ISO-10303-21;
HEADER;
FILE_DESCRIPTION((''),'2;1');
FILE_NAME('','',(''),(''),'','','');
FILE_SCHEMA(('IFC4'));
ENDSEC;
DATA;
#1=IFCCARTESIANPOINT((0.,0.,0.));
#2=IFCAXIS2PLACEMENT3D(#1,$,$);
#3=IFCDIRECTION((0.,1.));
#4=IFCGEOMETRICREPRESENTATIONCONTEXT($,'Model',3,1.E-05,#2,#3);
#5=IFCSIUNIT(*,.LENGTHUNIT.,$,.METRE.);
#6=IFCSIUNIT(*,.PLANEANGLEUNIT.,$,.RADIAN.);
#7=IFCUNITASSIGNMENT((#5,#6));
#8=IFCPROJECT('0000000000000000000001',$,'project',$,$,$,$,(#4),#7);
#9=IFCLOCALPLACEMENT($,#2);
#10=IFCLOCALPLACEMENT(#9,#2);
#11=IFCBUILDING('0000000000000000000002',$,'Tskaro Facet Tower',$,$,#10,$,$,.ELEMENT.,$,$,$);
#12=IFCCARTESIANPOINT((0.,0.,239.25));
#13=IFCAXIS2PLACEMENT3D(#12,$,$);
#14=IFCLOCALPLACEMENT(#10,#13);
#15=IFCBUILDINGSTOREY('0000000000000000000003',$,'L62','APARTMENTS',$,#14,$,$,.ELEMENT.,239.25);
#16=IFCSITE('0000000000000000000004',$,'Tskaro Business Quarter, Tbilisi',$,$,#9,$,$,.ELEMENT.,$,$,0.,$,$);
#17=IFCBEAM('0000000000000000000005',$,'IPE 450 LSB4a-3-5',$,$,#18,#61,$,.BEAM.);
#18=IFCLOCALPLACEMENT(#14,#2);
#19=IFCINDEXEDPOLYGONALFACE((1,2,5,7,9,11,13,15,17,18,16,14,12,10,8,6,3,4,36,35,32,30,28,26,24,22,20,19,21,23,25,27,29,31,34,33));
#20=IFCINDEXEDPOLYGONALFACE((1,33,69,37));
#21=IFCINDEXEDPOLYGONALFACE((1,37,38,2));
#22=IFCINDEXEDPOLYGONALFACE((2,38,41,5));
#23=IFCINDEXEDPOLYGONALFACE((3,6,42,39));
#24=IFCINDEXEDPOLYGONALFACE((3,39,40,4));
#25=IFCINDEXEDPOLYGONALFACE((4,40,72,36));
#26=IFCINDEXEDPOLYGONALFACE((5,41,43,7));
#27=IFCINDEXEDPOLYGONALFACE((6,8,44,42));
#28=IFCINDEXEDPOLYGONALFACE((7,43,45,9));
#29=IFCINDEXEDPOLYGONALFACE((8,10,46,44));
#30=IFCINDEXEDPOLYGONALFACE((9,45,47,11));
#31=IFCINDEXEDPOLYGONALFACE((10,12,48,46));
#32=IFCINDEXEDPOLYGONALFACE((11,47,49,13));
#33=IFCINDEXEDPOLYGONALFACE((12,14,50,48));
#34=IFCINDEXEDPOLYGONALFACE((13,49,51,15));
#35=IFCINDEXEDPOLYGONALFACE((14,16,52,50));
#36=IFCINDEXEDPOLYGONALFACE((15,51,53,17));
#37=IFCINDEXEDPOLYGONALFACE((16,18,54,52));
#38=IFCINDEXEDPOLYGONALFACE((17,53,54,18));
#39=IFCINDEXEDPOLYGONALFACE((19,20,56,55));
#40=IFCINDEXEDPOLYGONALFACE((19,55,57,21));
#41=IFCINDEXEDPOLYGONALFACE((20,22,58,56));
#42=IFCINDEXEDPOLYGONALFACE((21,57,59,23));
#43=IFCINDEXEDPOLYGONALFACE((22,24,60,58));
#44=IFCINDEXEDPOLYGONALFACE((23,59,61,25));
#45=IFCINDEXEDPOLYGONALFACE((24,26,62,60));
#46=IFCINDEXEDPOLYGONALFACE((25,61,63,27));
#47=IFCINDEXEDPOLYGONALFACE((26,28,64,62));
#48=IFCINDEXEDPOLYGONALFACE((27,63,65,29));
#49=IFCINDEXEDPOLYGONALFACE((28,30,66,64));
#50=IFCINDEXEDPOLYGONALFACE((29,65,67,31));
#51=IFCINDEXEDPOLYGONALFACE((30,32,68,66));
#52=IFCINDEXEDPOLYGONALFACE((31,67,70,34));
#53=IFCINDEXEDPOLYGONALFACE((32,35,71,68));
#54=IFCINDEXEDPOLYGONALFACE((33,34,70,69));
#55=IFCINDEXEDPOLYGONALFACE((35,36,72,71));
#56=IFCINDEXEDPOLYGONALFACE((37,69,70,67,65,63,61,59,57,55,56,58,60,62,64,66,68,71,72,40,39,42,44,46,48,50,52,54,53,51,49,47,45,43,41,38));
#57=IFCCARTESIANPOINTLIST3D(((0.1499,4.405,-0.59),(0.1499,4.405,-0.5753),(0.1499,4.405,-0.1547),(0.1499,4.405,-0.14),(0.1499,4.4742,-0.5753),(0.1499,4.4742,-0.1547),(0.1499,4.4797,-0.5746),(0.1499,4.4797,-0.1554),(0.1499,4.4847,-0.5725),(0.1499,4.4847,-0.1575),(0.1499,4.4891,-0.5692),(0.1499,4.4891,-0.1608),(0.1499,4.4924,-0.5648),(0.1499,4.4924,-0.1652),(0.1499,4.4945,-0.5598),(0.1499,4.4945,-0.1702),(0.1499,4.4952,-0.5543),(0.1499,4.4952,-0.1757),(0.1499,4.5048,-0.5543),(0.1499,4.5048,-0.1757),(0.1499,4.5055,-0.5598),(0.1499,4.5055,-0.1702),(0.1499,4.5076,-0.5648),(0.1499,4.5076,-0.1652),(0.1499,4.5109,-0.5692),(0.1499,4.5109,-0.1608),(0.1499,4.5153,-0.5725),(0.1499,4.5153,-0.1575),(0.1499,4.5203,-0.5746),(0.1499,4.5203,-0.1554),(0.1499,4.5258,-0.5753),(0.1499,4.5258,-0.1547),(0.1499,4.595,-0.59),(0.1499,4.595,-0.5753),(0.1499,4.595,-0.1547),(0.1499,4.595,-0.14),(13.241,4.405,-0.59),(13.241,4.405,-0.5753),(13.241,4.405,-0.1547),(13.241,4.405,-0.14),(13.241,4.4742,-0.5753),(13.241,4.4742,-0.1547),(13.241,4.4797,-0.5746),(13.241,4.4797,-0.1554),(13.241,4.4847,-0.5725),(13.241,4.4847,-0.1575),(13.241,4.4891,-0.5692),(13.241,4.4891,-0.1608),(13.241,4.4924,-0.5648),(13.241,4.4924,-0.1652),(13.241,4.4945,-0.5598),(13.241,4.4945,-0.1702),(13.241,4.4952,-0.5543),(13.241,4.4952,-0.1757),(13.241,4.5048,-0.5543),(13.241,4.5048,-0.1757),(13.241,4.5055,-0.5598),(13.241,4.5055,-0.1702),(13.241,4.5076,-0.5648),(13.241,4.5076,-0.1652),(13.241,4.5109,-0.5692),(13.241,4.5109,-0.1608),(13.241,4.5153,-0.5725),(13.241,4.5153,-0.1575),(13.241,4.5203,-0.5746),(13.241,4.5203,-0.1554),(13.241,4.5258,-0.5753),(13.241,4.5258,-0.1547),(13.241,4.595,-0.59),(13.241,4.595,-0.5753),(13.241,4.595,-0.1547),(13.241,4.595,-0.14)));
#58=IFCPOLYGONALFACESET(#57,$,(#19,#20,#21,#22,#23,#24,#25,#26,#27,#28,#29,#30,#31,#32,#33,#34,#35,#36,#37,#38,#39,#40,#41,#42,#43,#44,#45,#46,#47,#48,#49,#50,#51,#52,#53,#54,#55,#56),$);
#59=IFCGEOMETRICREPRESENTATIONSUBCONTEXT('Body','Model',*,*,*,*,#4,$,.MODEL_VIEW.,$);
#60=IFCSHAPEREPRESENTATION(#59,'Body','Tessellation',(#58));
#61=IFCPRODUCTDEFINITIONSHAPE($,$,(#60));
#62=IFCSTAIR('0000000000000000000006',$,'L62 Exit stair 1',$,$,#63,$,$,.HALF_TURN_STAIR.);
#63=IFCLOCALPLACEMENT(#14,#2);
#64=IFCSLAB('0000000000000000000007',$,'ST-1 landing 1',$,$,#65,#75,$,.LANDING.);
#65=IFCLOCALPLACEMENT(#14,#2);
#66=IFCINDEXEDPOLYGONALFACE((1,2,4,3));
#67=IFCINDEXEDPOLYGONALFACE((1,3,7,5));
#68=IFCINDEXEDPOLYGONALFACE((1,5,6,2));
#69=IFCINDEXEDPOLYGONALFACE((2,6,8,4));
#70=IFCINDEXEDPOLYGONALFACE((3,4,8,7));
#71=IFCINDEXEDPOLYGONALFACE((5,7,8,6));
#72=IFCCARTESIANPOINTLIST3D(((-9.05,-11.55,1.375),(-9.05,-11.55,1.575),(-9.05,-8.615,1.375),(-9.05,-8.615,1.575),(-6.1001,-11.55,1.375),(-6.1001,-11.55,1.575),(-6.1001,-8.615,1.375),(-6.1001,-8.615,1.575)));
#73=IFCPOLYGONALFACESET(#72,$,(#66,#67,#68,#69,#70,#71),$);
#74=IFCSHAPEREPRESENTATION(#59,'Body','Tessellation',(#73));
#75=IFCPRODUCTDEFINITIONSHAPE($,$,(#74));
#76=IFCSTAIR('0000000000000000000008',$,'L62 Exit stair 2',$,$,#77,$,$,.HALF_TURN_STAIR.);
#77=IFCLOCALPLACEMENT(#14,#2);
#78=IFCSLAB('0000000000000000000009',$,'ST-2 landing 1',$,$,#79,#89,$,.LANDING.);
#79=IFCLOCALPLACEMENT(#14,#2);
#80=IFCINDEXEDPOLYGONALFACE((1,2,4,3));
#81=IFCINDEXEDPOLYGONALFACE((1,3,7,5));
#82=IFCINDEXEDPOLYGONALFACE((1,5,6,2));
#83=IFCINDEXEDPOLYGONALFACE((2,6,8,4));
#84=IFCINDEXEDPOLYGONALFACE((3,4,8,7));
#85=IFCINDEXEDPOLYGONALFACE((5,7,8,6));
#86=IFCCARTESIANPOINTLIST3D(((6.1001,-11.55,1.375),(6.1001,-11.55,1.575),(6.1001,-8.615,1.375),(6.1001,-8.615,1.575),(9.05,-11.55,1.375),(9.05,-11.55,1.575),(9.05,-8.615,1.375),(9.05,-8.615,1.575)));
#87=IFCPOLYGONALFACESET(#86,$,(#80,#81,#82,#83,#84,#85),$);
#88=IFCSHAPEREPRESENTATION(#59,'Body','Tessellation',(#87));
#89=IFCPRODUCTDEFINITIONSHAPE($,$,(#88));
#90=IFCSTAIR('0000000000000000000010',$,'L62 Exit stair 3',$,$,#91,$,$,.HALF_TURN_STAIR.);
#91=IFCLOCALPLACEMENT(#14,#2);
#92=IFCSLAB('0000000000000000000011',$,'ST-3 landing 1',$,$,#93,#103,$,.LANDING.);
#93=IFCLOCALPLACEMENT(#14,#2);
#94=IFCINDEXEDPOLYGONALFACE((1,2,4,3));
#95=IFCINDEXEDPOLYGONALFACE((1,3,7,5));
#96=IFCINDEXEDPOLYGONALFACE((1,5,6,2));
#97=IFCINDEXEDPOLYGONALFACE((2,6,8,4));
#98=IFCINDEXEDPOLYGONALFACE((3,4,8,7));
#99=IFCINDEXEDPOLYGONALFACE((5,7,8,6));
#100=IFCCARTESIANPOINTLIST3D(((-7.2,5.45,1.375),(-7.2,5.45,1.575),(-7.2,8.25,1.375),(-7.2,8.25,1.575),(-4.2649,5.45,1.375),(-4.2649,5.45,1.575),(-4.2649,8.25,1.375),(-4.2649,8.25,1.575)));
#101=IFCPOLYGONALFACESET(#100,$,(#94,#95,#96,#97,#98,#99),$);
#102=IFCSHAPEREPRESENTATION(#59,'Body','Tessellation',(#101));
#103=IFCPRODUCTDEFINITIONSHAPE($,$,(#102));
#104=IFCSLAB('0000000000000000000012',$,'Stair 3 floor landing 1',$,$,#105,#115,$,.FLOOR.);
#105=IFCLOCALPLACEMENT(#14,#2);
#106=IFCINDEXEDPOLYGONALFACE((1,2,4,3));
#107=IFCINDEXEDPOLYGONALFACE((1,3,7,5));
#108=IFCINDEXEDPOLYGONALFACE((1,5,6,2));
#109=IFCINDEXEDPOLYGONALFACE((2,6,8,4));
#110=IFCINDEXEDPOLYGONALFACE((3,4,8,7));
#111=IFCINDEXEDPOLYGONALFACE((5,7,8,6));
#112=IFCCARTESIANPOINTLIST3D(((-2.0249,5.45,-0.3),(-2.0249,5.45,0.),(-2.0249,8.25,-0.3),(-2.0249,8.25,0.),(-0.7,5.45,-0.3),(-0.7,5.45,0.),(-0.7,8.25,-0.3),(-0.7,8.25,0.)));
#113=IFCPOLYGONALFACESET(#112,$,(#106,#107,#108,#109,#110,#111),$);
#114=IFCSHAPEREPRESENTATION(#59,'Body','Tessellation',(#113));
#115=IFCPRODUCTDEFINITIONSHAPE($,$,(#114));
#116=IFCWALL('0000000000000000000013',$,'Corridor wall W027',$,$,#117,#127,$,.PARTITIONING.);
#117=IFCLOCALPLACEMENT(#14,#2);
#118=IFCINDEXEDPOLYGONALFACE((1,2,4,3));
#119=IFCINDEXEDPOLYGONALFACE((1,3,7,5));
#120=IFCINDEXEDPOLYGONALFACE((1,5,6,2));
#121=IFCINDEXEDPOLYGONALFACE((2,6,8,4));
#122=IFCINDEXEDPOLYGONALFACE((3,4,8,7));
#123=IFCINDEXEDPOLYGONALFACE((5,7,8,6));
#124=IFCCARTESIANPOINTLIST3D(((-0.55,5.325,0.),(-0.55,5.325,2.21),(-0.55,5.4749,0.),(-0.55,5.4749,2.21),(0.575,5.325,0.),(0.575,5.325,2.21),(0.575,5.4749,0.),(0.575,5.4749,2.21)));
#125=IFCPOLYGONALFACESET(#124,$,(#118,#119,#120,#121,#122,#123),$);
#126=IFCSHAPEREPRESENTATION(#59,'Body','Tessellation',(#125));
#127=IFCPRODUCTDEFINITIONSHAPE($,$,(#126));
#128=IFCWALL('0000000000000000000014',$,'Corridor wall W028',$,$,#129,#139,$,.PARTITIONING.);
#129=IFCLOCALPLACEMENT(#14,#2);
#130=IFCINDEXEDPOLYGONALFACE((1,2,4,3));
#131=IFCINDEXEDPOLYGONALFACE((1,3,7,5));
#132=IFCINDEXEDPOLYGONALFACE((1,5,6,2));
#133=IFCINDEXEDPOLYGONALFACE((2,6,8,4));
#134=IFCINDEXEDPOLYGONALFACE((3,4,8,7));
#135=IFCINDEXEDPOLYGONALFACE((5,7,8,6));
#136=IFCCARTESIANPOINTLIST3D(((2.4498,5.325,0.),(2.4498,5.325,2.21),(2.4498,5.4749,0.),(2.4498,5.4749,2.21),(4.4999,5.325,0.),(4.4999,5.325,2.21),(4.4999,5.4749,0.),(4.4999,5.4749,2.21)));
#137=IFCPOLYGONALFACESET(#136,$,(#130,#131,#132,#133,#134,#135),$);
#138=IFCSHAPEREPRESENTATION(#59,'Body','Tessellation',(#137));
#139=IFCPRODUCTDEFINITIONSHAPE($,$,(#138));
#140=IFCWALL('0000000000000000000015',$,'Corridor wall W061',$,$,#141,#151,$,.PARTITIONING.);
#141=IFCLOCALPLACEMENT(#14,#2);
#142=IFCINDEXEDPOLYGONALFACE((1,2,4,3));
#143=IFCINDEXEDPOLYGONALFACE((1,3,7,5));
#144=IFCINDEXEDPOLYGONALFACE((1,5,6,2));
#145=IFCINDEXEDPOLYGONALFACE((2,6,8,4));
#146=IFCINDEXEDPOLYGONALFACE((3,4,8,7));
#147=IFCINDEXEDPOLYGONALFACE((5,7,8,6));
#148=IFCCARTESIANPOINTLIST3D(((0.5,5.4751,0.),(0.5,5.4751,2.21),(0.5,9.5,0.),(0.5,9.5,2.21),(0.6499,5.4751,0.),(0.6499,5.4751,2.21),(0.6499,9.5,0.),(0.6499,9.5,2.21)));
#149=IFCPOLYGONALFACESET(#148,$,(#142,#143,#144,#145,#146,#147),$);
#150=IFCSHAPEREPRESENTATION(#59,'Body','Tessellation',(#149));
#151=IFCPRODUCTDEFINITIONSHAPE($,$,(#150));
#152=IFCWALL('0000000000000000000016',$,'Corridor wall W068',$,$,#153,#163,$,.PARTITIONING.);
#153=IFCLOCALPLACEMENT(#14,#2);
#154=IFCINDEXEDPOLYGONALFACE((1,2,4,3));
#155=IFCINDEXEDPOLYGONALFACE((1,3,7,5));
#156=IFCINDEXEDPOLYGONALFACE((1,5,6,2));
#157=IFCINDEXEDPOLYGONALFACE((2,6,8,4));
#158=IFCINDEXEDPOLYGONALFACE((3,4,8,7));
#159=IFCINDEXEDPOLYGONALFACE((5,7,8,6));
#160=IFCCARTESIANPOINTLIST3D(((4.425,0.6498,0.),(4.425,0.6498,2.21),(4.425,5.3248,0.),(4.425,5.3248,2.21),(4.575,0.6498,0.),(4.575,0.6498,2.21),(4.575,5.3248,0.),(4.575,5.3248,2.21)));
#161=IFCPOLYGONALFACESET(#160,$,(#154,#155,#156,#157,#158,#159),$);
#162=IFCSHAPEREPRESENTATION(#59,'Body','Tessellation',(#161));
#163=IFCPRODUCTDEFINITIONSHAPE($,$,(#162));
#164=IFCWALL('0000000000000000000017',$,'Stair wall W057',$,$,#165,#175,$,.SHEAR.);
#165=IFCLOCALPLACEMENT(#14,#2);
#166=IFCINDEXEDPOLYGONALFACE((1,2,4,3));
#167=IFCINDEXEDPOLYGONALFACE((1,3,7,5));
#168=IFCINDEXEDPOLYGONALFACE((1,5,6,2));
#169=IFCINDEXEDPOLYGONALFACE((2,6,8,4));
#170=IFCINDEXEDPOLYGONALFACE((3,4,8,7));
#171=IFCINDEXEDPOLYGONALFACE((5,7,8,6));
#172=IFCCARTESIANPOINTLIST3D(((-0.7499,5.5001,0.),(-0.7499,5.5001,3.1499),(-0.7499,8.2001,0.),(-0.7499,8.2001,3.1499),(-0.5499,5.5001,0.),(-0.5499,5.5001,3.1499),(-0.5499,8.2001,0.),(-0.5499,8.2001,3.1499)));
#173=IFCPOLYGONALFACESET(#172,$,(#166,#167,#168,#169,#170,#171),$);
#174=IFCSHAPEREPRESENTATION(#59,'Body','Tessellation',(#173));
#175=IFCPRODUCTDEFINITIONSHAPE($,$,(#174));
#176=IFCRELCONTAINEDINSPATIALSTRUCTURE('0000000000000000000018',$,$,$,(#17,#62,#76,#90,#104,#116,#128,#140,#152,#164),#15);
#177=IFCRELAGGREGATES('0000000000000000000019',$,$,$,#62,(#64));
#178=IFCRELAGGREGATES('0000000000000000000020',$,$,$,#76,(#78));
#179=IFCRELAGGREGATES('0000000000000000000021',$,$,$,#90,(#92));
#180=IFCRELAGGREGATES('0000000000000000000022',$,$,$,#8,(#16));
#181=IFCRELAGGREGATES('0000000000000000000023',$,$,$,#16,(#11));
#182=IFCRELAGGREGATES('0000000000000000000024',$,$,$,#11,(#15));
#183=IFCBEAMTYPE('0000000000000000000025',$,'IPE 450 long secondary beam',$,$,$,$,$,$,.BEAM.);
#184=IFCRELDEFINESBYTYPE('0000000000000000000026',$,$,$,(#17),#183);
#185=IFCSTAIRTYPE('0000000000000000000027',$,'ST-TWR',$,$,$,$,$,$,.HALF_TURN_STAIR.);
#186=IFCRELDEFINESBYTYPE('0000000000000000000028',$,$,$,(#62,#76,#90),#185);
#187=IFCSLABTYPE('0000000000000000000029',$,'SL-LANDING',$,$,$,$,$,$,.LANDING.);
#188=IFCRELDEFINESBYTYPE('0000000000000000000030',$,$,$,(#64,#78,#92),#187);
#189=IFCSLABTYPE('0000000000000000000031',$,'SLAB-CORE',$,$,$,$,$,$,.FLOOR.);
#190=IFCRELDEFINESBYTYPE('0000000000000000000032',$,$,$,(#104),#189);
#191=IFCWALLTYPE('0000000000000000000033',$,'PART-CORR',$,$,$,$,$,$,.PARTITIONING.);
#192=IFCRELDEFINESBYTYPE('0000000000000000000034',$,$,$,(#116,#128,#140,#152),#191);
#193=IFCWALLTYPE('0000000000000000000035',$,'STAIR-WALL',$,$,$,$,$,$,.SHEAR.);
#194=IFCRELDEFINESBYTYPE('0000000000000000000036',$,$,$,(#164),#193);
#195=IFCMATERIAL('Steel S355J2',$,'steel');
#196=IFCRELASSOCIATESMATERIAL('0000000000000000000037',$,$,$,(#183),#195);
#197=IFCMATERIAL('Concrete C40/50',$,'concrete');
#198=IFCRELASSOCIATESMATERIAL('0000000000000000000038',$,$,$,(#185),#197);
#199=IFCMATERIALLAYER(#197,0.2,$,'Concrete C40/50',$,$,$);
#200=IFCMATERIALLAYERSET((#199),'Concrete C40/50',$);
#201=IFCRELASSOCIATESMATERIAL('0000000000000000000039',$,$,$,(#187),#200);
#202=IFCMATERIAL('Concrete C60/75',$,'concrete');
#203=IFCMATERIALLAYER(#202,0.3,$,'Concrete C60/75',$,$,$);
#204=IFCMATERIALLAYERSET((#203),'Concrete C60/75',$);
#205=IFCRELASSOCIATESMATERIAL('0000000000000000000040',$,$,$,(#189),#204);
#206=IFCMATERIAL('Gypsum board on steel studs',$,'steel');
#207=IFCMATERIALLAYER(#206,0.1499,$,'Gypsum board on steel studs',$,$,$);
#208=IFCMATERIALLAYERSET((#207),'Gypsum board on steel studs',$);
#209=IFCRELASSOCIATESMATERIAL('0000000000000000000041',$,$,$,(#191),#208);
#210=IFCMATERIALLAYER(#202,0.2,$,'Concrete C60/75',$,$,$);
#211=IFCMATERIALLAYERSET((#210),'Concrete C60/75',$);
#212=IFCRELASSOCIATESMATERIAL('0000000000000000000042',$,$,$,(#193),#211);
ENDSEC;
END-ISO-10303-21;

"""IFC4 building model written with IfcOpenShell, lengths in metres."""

from ifc_helpers import new_model, si_unit, direction, frame, frame_2d, origin, origin_2d, place, context, subcontext, project, spatial, polyline, rectangle, i_section, outline, extrude, material, layer, layer_set, material_profile, profile_set, type_object, element, aggregate, save


model = new_model("IFC4")

# Units and contexts
model_context = context("Model", 3, precision=1e-05, world=origin(), true_north=direction((0.0, 1.0)))
body_context = subcontext(model_context, "Body", "Model", "MODEL_VIEW")
ifc_project = project(units=[si_unit("LENGTHUNIT", "METRE"), si_unit("PLANEANGLEUNIT", "RADIAN")], contexts=[model_context])

# Site, building, storey
site_placement = place(None, origin())
site = spatial("IfcSite", under=ifc_project, at=site_placement, Name="Tskaro Business Quarter, Tbilisi", CompositionType="ELEMENT", RefElevation=0.0)
building_placement = place(site_placement, origin())
building = spatial("IfcBuilding", under=site, at=building_placement, Name="Tskaro Facet Tower", CompositionType="ELEMENT")
storey_placement = place(building_placement, frame((0.0, 0.0, 239.25)))
storey = spatial("IfcBuildingStorey", under=building, at=storey_placement, Name="L62", Description="APARTMENTS", CompositionType="ELEMENT", Elevation=239.25)

# Beam
ifc_material_1 = material(Name="Steel S355J2", Category="steel")
ifc_material_profile_1 = material_profile(ifc_material_1, i_section(OverallWidth=0.1899, OverallDepth=0.45, WebThickness=0.0095, FlangeThickness=0.0146, FilletRadius=0.021, at=origin_2d()), Name="IPE 450")
ifc_profile_set_1 = profile_set([ifc_material_profile_1], Name="Steel S355J2")
beam_type_1 = type_object("IfcBeamType", Name="IPE 450 long secondary beam", PredefinedType="BEAM", material=ifc_profile_set_1)
beam_1_placement = place(storey_placement, frame((0.1499, 4.5, -0.365), z_axis=(1.0, 0.0, 0.0), x_axis=(0.0, 1.0, 0.0)))
element("IfcBeam", 1, at=beam_1_placement, inside=storey, type_object=beam_type_1, Name="IPE 450 LSB4a-3-5", PredefinedType="BEAM", context=body_context, shape_type="SweptSolid", body=[
    extrude(i_section(OverallWidth=0.1899, OverallDepth=0.45, WebThickness=0.0095, FlangeThickness=0.0146, FilletRadius=0.021, at=origin_2d()), origin(), (0.0, 0.0, 1.0), 13.0911),
])

# Stairs, slabs
ifc_material_2 = material(Name="Concrete C40/50", Category="concrete")
stair_type = type_object("IfcStairType", Name="ST-TWR", PredefinedType="HALF_TURN_STAIR", material=ifc_material_2)
stair_1_placement = place(storey_placement, origin())
stair_1 = element("IfcStair", 2, at=stair_1_placement, inside=storey, type_object=stair_type, Name="L62 Exit stair 1", PredefinedType="HALF_TURN_STAIR")
ifc_layer_1 = layer(ifc_material_2, 0.2, Name="Concrete C40/50")
ifc_layer_set_1 = layer_set([ifc_layer_1], Name="Concrete C40/50")
slab_type_1 = type_object("IfcSlabType", Name="SL-LANDING", PredefinedType="LANDING", material=ifc_layer_set_1)
slab_1_placement = place(storey_placement, frame((0.0, 0.0, 1.375)))
slab_1 = element("IfcSlab", 3, at=slab_1_placement, type_object=slab_type_1, Name="ST-1 landing 1", PredefinedType="LANDING", context=body_context, shape_type="SweptSolid", body=[
    extrude(outline(polyline([(-9.05, -11.55), (-6.1001, -11.55), (-6.1001, -8.615), (-9.05, -8.615), (-9.05, -11.55)])), origin(), (0.0, 0.0, 1.0), 0.2),
])
aggregate(stair_1, [slab_1])
stair_2_placement = place(storey_placement, origin())
stair_2 = element("IfcStair", 4, at=stair_2_placement, inside=storey, type_object=stair_type, Name="L62 Exit stair 2", PredefinedType="HALF_TURN_STAIR")
slab_2_placement = place(storey_placement, frame((0.0, 0.0, 1.375)))
slab_2 = element("IfcSlab", 5, at=slab_2_placement, type_object=slab_type_1, Name="ST-2 landing 1", PredefinedType="LANDING", context=body_context, shape_type="SweptSolid", body=[
    extrude(outline(polyline([(6.1001, -11.55), (9.05, -11.55), (9.05, -8.615), (6.1001, -8.615), (6.1001, -11.55)])), origin(), (0.0, 0.0, 1.0), 0.2),
])
aggregate(stair_2, [slab_2])
stair_3_placement = place(storey_placement, origin())
stair_3 = element("IfcStair", 6, at=stair_3_placement, inside=storey, type_object=stair_type, Name="L62 Exit stair 3", PredefinedType="HALF_TURN_STAIR")
slab_3_placement = place(storey_placement, frame((0.0, 0.0, 1.375)))
slab_3 = element("IfcSlab", 7, at=slab_3_placement, type_object=slab_type_1, Name="ST-3 landing 1", PredefinedType="LANDING", context=body_context, shape_type="SweptSolid", body=[
    extrude(outline(polyline([(-7.2, 5.45), (-4.2649, 5.45), (-4.2649, 8.25), (-7.2, 8.25), (-7.2, 5.45)])), origin(), (0.0, 0.0, 1.0), 0.2),
])

# Slab
ifc_material_3 = material(Name="Concrete C60/75", Category="concrete")
ifc_layer_2 = layer(ifc_material_3, 0.3, Name="Concrete C60/75")
ifc_layer_set_2 = layer_set([ifc_layer_2], Name="Concrete C60/75")
slab_type_2 = type_object("IfcSlabType", Name="SLAB-CORE", PredefinedType="FLOOR", material=ifc_layer_set_2)
slab_4_placement = place(storey_placement, frame((0.0, 0.0, -0.3)))
element("IfcSlab", 8, at=slab_4_placement, inside=storey, type_object=slab_type_2, Name="Stair 3 floor landing 1", PredefinedType="FLOOR", context=body_context, shape_type="SweptSolid", body=[
    extrude(outline(polyline([(-2.0249, 5.45), (-0.7, 5.45), (-0.7, 8.25), (-2.0249, 8.25), (-2.0249, 5.45)])), origin(), (0.0, 0.0, 1.0), 0.3),
])

# Walls
ifc_material_4 = material(Name="Gypsum board on steel studs", Category="steel")
ifc_layer_3 = layer(ifc_material_4, 0.1499, Name="Gypsum board on steel studs")
ifc_layer_set_3 = layer_set([ifc_layer_3], Name="Gypsum board on steel studs")
wall_type_1 = type_object("IfcWallType", Name="PART-CORR", PredefinedType="PARTITIONING", material=ifc_layer_set_3)
wall_1_placement = place(storey_placement, frame((-0.55, 5.3999, 0.0), z_axis=(0.0, 0.0, 1.0), x_axis=(1.0, 0.0, 0.0)))
element("IfcWall", 9, at=wall_1_placement, inside=storey, type_object=wall_type_1, Name="Corridor wall W027", PredefinedType="PARTITIONING", context=body_context, shape_type="SweptSolid", body=[
    extrude(rectangle(XDim=1.125, YDim=0.1499, at=frame_2d((0.5625, 0.0))), origin(), (0.0, 0.0, 1.0), 2.21),
])
wall_2_placement = place(storey_placement, frame((2.45, 5.3999, 0.0), z_axis=(0.0, 0.0, 1.0), x_axis=(1.0, 0.0, 0.0)))
element("IfcWall", 10, at=wall_2_placement, inside=storey, type_object=wall_type_1, Name="Corridor wall W028", PredefinedType="PARTITIONING", context=body_context, shape_type="SweptSolid", body=[
    extrude(rectangle(XDim=2.05, YDim=0.1499, at=frame_2d((1.0249, 0.0))), origin(), (0.0, 0.0, 1.0), 2.21),
])
wall_3_placement = place(storey_placement, frame((0.575, 5.4751, 0.0), z_axis=(0.0, 0.0, 1.0), x_axis=(0.0, 1.0, 0.0)))
element("IfcWall", 11, at=wall_3_placement, inside=storey, type_object=wall_type_1, Name="Corridor wall W061", PredefinedType="PARTITIONING", context=body_context, shape_type="SweptSolid", body=[
    extrude(rectangle(XDim=4.0249, YDim=0.1499, at=frame_2d((2.0125, 0.0))), origin(), (0.0, 0.0, 1.0), 2.21),
])
wall_4_placement = place(storey_placement, frame((4.5, 0.6499, 0.0), z_axis=(0.0, 0.0, 1.0), x_axis=(0.0, 1.0, 0.0)))
element("IfcWall", 12, at=wall_4_placement, inside=storey, type_object=wall_type_1, Name="Corridor wall W068", PredefinedType="PARTITIONING", context=body_context, shape_type="SweptSolid", body=[
    extrude(rectangle(XDim=4.675, YDim=0.1499, at=frame_2d((2.3374, 0.0))), origin(), (0.0, 0.0, 1.0), 2.21),
])
ifc_layer_4 = layer(ifc_material_3, 0.2, Name="Concrete C60/75")
ifc_layer_set_4 = layer_set([ifc_layer_4], Name="Concrete C60/75")
wall_type_2 = type_object("IfcWallType", Name="STAIR-WALL", PredefinedType="SHEAR", material=ifc_layer_set_4)
wall_5_placement = place(storey_placement, frame((-0.6499, 5.5, 0.0), z_axis=(0.0, 0.0, 1.0), x_axis=(0.0, 1.0, 0.0)))
element("IfcWall", 13, at=wall_5_placement, inside=storey, type_object=wall_type_2, Name="Stair wall W057", PredefinedType="SHEAR", context=body_context, shape_type="SweptSolid", body=[
    extrude(rectangle(XDim=2.7, YDim=0.2, at=frame_2d((1.3501, 0.0))), origin(), (0.0, 0.0, 1.0), 3.1499),
])

aggregate(stair_3, [slab_3])

save(model, "model.ifc")
